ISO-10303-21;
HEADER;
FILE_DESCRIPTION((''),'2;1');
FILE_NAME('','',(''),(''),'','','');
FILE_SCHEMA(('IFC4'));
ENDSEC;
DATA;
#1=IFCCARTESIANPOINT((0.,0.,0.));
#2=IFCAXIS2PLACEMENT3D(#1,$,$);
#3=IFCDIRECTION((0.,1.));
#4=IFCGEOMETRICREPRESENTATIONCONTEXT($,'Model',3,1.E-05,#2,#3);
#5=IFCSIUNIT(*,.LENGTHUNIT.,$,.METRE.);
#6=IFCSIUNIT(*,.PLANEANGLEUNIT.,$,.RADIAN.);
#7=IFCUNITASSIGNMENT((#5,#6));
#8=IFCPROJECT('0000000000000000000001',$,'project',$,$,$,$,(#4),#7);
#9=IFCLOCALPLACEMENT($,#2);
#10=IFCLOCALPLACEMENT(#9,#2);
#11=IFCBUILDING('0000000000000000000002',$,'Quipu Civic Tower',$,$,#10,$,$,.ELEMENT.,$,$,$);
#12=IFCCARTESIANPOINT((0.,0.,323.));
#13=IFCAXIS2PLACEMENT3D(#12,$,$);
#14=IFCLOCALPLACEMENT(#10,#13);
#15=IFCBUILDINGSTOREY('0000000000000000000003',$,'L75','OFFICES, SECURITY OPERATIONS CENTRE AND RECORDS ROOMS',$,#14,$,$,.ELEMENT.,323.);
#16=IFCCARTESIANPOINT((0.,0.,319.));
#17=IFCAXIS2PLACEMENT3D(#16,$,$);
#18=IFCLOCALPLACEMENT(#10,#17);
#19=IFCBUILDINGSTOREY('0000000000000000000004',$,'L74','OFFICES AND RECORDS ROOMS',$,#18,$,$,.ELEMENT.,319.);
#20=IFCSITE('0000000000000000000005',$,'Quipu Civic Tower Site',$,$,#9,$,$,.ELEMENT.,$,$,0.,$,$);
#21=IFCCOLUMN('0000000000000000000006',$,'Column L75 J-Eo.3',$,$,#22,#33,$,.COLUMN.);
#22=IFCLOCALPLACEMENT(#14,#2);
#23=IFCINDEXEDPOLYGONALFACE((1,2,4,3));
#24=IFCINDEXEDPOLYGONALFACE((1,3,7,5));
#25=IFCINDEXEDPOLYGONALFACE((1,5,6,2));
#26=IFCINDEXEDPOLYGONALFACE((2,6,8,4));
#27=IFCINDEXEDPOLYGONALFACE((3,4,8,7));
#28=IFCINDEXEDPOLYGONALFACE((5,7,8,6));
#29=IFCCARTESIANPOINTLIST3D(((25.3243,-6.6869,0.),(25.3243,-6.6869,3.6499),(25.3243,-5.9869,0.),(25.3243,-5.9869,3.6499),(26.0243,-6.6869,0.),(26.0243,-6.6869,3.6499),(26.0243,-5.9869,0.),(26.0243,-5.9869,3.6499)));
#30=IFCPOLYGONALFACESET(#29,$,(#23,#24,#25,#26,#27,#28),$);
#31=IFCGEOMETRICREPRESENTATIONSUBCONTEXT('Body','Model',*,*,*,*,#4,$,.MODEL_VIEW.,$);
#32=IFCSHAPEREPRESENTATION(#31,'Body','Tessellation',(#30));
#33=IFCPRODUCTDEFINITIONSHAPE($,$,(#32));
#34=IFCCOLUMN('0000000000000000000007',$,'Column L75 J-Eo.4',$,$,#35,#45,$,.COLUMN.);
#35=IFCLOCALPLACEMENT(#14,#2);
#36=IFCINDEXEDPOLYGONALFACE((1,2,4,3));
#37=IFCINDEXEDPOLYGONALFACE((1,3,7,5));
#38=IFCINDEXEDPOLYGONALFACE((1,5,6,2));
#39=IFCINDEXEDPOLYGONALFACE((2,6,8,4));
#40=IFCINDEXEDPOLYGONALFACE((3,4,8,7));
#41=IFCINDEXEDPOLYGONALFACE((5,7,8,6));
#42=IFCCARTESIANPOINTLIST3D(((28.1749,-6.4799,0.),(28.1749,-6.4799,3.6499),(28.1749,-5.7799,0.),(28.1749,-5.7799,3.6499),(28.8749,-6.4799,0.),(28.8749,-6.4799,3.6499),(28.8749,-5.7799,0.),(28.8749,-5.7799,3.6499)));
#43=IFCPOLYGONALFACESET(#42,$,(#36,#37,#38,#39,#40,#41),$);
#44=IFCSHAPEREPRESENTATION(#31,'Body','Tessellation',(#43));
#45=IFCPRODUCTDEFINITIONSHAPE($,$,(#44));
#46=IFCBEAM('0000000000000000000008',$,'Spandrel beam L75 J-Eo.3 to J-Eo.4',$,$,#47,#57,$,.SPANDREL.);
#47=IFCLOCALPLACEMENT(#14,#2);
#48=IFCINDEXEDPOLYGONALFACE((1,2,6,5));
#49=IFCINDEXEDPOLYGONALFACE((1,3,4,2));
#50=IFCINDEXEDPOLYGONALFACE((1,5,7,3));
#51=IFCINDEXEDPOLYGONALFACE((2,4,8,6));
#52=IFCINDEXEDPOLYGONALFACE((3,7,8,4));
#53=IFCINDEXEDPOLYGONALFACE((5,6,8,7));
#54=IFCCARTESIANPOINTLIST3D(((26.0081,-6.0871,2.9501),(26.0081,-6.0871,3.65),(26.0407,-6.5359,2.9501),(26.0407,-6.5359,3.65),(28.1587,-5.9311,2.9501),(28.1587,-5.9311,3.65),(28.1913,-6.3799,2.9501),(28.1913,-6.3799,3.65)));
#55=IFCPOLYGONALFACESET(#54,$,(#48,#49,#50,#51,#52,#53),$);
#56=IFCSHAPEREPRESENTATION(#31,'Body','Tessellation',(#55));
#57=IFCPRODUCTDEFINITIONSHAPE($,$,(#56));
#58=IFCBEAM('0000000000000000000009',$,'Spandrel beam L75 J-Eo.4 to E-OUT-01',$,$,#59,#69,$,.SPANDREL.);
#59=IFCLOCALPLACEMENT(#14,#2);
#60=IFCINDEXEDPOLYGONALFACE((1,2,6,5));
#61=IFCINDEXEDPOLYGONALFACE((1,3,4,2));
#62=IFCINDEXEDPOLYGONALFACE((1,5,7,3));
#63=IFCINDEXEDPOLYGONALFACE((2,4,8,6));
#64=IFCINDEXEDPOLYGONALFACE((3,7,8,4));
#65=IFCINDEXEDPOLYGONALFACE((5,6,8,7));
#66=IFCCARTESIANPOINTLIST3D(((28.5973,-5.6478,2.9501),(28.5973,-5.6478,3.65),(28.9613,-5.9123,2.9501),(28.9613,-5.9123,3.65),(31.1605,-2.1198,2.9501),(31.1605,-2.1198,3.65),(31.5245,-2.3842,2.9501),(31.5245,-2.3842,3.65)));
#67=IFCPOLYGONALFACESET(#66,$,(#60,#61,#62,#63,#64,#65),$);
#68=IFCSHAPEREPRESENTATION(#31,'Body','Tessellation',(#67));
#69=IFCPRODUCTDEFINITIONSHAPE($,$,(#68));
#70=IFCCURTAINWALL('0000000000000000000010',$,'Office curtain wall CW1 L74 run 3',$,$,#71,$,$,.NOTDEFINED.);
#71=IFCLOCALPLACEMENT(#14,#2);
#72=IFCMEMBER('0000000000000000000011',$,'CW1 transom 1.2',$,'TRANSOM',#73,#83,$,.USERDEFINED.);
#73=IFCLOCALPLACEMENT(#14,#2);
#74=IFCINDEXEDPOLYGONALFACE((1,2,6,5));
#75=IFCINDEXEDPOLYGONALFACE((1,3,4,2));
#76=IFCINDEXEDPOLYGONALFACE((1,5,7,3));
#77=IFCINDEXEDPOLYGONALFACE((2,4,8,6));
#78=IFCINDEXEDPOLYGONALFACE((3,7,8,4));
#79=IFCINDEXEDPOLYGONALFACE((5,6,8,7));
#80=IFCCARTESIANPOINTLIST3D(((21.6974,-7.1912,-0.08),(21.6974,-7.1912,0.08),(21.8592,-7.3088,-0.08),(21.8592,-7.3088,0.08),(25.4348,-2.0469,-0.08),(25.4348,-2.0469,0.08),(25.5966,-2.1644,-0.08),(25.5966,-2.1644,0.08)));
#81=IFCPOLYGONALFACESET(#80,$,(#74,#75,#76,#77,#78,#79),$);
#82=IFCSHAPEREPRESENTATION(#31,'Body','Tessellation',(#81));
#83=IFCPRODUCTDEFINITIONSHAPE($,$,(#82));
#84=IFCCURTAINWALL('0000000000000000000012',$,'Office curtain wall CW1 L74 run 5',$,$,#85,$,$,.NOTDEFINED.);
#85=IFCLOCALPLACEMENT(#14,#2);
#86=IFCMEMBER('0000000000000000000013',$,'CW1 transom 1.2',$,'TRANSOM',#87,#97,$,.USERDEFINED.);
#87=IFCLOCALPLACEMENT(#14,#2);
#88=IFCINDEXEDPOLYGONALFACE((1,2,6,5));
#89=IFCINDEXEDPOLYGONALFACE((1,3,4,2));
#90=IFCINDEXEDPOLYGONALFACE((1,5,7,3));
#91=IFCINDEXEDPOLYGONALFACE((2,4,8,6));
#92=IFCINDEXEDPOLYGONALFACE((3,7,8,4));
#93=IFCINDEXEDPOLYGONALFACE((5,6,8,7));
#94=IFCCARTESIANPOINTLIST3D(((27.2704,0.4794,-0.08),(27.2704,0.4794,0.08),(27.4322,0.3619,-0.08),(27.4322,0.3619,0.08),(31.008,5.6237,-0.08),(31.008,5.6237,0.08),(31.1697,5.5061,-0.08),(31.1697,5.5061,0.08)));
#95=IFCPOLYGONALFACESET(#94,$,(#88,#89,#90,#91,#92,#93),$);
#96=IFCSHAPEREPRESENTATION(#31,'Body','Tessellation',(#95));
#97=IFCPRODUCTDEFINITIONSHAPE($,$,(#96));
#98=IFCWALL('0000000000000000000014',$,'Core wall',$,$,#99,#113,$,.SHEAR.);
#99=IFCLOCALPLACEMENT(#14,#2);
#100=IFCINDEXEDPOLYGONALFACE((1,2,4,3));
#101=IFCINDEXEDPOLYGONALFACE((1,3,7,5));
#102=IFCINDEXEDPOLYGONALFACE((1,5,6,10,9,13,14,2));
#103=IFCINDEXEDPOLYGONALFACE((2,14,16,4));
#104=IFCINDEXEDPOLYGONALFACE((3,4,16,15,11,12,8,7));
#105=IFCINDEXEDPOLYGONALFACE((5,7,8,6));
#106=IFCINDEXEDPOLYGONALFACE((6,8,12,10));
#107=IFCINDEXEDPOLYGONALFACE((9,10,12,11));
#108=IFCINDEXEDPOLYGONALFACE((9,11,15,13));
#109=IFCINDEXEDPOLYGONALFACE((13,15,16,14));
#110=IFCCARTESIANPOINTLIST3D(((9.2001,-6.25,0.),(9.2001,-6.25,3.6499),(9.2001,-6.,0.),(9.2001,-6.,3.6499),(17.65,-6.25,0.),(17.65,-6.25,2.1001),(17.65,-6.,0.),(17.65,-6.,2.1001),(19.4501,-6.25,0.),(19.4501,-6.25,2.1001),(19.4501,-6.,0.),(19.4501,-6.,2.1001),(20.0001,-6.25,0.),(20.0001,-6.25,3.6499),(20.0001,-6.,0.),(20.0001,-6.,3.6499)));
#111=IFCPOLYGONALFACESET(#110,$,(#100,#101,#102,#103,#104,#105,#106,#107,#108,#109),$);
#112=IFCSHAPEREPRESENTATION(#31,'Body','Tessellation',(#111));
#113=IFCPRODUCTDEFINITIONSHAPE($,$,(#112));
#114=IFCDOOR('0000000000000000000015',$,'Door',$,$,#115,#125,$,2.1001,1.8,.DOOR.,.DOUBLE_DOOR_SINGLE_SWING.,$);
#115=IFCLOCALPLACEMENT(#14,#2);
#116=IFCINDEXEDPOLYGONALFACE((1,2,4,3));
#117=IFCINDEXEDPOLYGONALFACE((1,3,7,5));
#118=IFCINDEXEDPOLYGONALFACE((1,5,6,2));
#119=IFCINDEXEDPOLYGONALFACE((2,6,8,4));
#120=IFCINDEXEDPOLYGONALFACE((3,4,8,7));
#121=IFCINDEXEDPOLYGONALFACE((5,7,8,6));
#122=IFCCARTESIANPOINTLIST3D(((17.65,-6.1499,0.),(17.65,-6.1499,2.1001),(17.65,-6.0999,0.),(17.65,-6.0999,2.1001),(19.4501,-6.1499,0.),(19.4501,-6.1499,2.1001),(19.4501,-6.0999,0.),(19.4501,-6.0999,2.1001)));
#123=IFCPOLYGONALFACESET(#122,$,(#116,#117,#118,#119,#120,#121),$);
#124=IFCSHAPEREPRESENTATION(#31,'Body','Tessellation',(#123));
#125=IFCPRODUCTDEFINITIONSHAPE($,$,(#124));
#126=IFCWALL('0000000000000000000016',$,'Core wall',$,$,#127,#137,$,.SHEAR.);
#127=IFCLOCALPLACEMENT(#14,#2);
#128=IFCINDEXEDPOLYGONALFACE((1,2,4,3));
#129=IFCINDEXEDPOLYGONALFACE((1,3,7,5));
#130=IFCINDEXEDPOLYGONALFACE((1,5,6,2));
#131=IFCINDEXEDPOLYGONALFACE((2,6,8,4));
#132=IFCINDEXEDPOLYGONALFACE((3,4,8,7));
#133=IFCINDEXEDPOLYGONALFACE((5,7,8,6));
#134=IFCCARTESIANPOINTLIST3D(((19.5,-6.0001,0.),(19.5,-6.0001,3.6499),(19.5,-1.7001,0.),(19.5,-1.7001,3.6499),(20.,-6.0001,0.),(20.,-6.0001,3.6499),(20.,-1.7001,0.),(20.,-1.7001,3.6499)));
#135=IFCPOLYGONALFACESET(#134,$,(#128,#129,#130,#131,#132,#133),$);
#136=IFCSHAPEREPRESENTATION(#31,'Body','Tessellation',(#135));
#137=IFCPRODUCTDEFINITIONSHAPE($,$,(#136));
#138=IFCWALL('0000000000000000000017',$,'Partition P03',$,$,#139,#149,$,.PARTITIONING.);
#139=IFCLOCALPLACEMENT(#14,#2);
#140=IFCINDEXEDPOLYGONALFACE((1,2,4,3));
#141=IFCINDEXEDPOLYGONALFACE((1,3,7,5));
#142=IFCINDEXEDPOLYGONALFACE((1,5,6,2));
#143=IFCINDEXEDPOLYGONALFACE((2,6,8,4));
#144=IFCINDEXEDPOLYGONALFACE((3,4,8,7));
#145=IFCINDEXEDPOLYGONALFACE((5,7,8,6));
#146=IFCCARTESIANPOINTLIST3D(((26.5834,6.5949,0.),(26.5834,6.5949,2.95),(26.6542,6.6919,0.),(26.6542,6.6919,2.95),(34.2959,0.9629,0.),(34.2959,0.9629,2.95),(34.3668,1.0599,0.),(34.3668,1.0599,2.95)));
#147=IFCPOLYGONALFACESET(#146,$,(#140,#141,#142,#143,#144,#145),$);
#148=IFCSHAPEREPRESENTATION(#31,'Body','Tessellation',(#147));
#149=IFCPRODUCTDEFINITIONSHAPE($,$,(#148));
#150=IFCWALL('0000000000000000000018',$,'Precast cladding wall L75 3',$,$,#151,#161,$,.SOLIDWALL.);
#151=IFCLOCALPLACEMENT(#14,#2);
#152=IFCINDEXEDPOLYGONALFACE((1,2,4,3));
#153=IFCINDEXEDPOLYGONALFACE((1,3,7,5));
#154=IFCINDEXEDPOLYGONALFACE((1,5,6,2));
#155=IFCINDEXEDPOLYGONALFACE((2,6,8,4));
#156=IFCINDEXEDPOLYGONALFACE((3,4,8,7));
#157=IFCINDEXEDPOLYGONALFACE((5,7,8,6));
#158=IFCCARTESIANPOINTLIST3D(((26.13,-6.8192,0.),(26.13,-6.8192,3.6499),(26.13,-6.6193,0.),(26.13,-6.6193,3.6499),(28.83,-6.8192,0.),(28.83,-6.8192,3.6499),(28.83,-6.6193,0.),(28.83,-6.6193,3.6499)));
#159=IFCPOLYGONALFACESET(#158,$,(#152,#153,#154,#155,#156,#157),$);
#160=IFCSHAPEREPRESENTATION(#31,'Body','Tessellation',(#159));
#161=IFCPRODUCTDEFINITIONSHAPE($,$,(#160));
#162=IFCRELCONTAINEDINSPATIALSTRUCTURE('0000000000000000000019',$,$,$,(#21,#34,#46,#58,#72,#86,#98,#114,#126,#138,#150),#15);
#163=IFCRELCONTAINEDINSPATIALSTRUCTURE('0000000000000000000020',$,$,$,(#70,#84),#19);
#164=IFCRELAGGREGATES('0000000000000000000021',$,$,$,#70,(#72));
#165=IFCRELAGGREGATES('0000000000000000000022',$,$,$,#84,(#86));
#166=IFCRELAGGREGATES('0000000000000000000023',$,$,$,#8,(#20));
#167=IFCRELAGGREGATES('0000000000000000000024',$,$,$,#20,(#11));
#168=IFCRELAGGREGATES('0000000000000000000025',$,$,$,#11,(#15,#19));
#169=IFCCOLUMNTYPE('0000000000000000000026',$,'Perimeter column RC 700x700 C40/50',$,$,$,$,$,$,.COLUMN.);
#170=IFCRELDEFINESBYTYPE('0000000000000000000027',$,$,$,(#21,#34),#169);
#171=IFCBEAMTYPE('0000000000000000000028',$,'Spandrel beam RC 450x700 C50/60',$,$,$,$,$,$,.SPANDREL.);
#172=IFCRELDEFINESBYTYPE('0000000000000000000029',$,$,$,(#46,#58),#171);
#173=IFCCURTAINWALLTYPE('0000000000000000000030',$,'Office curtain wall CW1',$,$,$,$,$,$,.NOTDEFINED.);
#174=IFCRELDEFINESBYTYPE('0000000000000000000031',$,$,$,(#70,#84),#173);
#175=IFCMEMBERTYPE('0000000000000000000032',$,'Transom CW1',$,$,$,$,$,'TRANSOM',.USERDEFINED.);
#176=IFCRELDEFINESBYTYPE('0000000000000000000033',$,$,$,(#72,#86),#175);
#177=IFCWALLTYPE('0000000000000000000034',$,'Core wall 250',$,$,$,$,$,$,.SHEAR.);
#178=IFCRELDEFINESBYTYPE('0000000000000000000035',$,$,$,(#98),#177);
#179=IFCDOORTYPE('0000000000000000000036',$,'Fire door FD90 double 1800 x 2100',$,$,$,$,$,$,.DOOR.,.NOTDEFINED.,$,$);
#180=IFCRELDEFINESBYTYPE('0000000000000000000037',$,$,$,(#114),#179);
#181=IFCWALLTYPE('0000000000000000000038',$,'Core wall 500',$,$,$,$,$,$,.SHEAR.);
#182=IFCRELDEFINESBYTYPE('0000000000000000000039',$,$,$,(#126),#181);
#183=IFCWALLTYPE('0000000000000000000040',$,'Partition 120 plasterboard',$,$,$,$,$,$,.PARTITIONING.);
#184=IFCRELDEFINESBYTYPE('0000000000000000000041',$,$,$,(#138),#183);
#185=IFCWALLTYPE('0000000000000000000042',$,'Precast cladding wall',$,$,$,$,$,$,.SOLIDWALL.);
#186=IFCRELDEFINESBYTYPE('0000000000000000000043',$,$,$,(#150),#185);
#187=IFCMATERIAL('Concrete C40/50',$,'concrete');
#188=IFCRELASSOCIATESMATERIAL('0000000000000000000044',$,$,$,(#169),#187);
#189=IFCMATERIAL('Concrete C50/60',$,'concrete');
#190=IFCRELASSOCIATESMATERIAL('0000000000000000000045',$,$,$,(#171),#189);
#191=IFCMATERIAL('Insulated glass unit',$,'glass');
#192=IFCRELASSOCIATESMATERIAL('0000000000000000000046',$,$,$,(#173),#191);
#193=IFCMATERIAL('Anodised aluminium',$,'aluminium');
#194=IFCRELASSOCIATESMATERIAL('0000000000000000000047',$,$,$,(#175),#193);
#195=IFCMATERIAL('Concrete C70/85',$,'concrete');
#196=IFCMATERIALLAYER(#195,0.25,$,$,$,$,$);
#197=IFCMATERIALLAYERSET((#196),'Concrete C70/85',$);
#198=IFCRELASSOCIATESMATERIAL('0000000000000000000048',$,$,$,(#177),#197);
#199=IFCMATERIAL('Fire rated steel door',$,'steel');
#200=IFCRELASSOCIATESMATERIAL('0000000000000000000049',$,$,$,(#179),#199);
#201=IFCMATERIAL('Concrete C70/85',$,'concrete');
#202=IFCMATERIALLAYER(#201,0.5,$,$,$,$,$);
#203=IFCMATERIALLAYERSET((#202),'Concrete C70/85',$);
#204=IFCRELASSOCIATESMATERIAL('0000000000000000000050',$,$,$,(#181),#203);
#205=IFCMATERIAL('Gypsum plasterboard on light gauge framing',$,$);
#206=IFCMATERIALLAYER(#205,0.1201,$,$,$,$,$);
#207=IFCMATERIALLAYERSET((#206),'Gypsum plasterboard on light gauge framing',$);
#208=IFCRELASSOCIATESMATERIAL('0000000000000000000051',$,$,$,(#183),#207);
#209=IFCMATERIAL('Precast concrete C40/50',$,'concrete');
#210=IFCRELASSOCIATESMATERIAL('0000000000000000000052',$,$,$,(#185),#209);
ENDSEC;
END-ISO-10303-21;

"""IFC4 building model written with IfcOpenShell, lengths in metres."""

from ifc_helpers import new_model, si_unit, direction, frame, frame_2d, origin, origin_2d, place, context, subcontext, project, spatial, rectangle, extrude, material, layer, layer_set, material_profile, profile_set, type_object, element, fill, aggregate, save


model = new_model("IFC4")

# Units and contexts
model_context = context("Model", 3, precision=1e-05, world=origin(), true_north=direction((0.0, 1.0)))
body_context = subcontext(model_context, "Body", "Model", "MODEL_VIEW")
ifc_project = project(units=[si_unit("LENGTHUNIT", "METRE"), si_unit("PLANEANGLEUNIT", "RADIAN")], contexts=[model_context])

# Site, building, storey
site_placement = place(None, origin())
site = spatial("IfcSite", under=ifc_project, at=site_placement, Name="Quipu Civic Tower Site", CompositionType="ELEMENT", RefElevation=0.0)
building_placement = place(site_placement, origin())
building = spatial("IfcBuilding", under=site, at=building_placement, Name="Quipu Civic Tower", CompositionType="ELEMENT")
storey_1_placement = place(building_placement, frame((0.0, 0.0, 323.0)))
storey_1 = spatial("IfcBuildingStorey", under=building, at=storey_1_placement, Name="L75", Description="OFFICES, SECURITY OPERATIONS CENTRE AND RECORDS ROOMS", CompositionType="ELEMENT", Elevation=323.0)

# Columns
ifc_material_1 = material(Name="Concrete C40/50", Category="concrete")
ifc_material_profile_1 = material_profile(ifc_material_1, rectangle(XDim=0.7, YDim=0.7, at=origin_2d()), Name="RC700x700")
ifc_profile_set_1 = profile_set([ifc_material_profile_1], Name="Concrete C40/50")
column_type = type_object("IfcColumnType", Name="Perimeter column RC 700x700 C40/50", PredefinedType="COLUMN", material=ifc_profile_set_1)
for number, where, z_axis, x_axis, name in (
    (1, (25.6743, -6.3369, 0.0), (0.0, 0.0, 1.0), (1.0, 0.0, 0.0), "Column L75 J-Eo.3"),
    (2, (28.5249, -6.1299, 0.0), (0.0, 0.0, 1.0), (1.0, 0.0, 0.0), "Column L75 J-Eo.4"),
):
    element("IfcColumn", number, at=place(storey_1_placement, frame(where, z_axis=z_axis, x_axis=x_axis)), inside=storey_1, type_object=column_type, Name=name, PredefinedType="COLUMN", context=body_context, shape_type="SweptSolid", body=[
        extrude(rectangle(XDim=0.7, YDim=0.7, at=origin_2d()), origin(), (0.0, 0.0, 1.0), 3.6499),
    ])

# Beams
ifc_material_2 = material(Name="Concrete C50/60", Category="concrete")
ifc_material_profile_2 = material_profile(ifc_material_2, rectangle(XDim=0.45, YDim=0.7, at=origin_2d()), Name="RC450x700")
ifc_profile_set_2 = profile_set([ifc_material_profile_2], Name="Concrete C50/60")
beam_type = type_object("IfcBeamType", Name="Spandrel beam RC 450x700 C50/60", PredefinedType="SPANDREL", material=ifc_profile_set_2)
beam_1_placement = place(storey_1_placement, frame((26.0244, -6.3115, 3.3), z_axis=(0.997379, 0.072349, 0.0), x_axis=(-0.072349, 0.997379, 0.0)))
element("IfcBeam", 3, at=beam_1_placement, inside=storey_1, type_object=beam_type, Name="Spandrel beam L75 J-Eo.3 to J-Eo.4", PredefinedType="SPANDREL", context=body_context, shape_type="SweptSolid", body=[
    extrude(rectangle(XDim=0.45, YDim=0.7, at=origin_2d()), origin(), (0.0, 0.0, 1.0), 2.1562),
])
beam_2_placement = place(storey_1_placement, frame((28.7793, -5.78, 3.3), z_axis=(0.587776, 0.809024, 0.0), x_axis=(-0.809024, 0.587776, 0.0)))
element("IfcBeam", 4, at=beam_2_placement, inside=storey_1, type_object=beam_type, Name="Spandrel beam L75 J-Eo.4 to E-OUT-01", PredefinedType="SPANDREL", context=body_context, shape_type="SweptSolid", body=[
    extrude(rectangle(XDim=0.45, YDim=0.7, at=origin_2d()), origin(), (0.0, 0.0, 1.0), 4.3608),
])

# Shared definitions
storey_2_placement = place(building_placement, frame((0.0, 0.0, 319.0)))
storey_2 = spatial("IfcBuildingStorey", under=building, at=storey_2_placement, Name="L74", Description="OFFICES AND RECORDS ROOMS", CompositionType="ELEMENT", Elevation=319.0)

# Curtain walls, members
ifc_material_3 = material(Name="Insulated glass unit", Category="glass")
curtain_wall_type = type_object("IfcCurtainWallType", Name="Office curtain wall CW1", PredefinedType="NOTDEFINED", material=ifc_material_3)
curtain_wall_1_placement = place(storey_2_placement, origin())
curtain_wall_1 = element("IfcCurtainWall", 5, at=curtain_wall_1_placement, inside=storey_2, type_object=curtain_wall_type, Name="Office curtain wall CW1 L74 run 3", PredefinedType="NOTDEFINED")
ifc_material_4 = material(Name="Anodised aluminium", Category="aluminium")
ifc_material_profile_3 = material_profile(ifc_material_4, rectangle(XDim=0.2, YDim=0.1599, at=origin_2d()), Name="RECT 200x160")
ifc_profile_set_3 = profile_set([ifc_material_profile_3], Name="Anodised aluminium")
member_type = type_object("IfcMemberType", Name="Transom CW1", ElementType="TRANSOM", PredefinedType="USERDEFINED", material=ifc_profile_set_3)
member_1_placement = place(storey_1_placement, frame((21.7783, -7.25, 0.0), z_axis=(0.587761, 0.809035, 0.0), x_axis=(-0.809035, 0.587761, 0.0)))
member_1 = element("IfcMember", 6, at=member_1_placement, inside=storey_1, type_object=member_type, Name="CW1 transom 1.2", ObjectType="TRANSOM", PredefinedType="USERDEFINED", context=body_context, shape_type="SweptSolid", body=[
    extrude(rectangle(XDim=0.2, YDim=0.1599, at=origin_2d()), origin(), (0.0, 0.0, 1.0), 6.3586),
])
aggregate(curtain_wall_1, [member_1])
curtain_wall_2_placement = place(storey_2_placement, origin())
curtain_wall_2 = element("IfcCurtainWall", 7, at=curtain_wall_2_placement, inside=storey_2, type_object=curtain_wall_type, Name="Office curtain wall CW1 L74 run 5", PredefinedType="NOTDEFINED")
member_2_placement = place(storey_1_placement, frame((27.3513, 0.4207, 0.0), z_axis=(0.587786, 0.809017, 0.0), x_axis=(-0.809017, 0.587786, 0.0)))
member_2 = element("IfcMember", 8, at=member_2_placement, inside=storey_1, type_object=member_type, Name="CW1 transom 1.2", ObjectType="TRANSOM", PredefinedType="USERDEFINED", context=body_context, shape_type="SweptSolid", body=[
    extrude(rectangle(XDim=0.2, YDim=0.1599, at=origin_2d()), origin(), (0.0, 0.0, 1.0), 6.3586),
])
aggregate(curtain_wall_2, [member_2])

# Wall, opening, door
ifc_material_5 = material(Name="Concrete C70/85", Category="concrete")
ifc_layer_1 = layer(ifc_material_5, 0.25)
ifc_layer_set_1 = layer_set([ifc_layer_1], Name="Concrete C70/85")
wall_type_1 = type_object("IfcWallType", Name="Core wall 250", PredefinedType="SHEAR", material=ifc_layer_set_1)
wall_1_placement = place(storey_1_placement, frame((20.0, -6.125, 0.0), z_axis=(0.0, 0.0, 1.0), x_axis=(-1.0, 0.0, 0.0)))
wall_1 = element("IfcWall", 9, at=wall_1_placement, inside=storey_1, type_object=wall_type_1, Name="Core wall", PredefinedType="SHEAR", context=body_context, shape_type="SweptSolid", body=[
    extrude(rectangle(XDim=10.8, YDim=0.25, at=frame_2d((5.3999, 0.0))), origin(), (0.0, 0.0, 1.0), 3.6499),
])
opening_1_placement = place(wall_1_placement, frame((0.55, 0.0, 0.0)))
opening_1 = element("IfcOpeningElement", 10, at=opening_1_placement, cuts=wall_1, PredefinedType="OPENING", context=body_context, shape_type="SweptSolid", body=[
    extrude(rectangle(XDim=1.8, YDim=2.1001, at=frame_2d((0.8999, 1.05))), frame((0.0, 0.135, 0.0), z_axis=(0.0, -1.0, 0.0), x_axis=(1.0, 0.0, 0.0)), (0.0, 0.0, 1.0), 0.27),
])
ifc_material_6 = material(Name="Fire rated steel door", Category="steel")
door_type_1 = type_object("IfcDoorType", Name="Fire door FD90 double 1800 x 2100", OperationType="NOTDEFINED", PredefinedType="DOOR", material=ifc_material_6)
door_1_placement = place(opening_1_placement, origin())
door_1 = element("IfcDoor", 11, at=door_1_placement, inside=storey_1, type_object=door_type_1, Name="Door", OperationType="DOUBLE_DOOR_SINGLE_SWING", OverallHeight=2.1001, OverallWidth=1.8, PredefinedType="DOOR", context=body_context, shape_type="SweptSolid", body=[
    extrude(rectangle(XDim=1.8, YDim=2.1001, at=frame_2d((0.8999, 1.05))), frame((0.0, 0.0249, 0.0), z_axis=(0.0, -1.0, 0.0), x_axis=(1.0, 0.0, 0.0)), (0.0, 0.0, 1.0), 0.05),
])
fill(opening_1, door_1)

# Wall
ifc_material_7 = material(Name="Concrete C70/85", Category="concrete")
ifc_layer_2 = layer(ifc_material_7, 0.5)
ifc_layer_set_2 = layer_set([ifc_layer_2], Name="Concrete C70/85")
wall_type_2 = type_object("IfcWallType", Name="Core wall 500", PredefinedType="SHEAR", material=ifc_layer_set_2)
wall_2_placement = place(storey_1_placement, frame((19.75, -6.0, 0.0), z_axis=(0.0, 0.0, 1.0), x_axis=(0.0, 1.0, 0.0)))
element("IfcWall", 12, at=wall_2_placement, inside=storey_1, type_object=wall_type_2, Name="Core wall", PredefinedType="SHEAR", context=body_context, shape_type="SweptSolid", body=[
    extrude(rectangle(XDim=4.3, YDim=0.5, at=frame_2d((2.1499, 0.0))), origin(), (0.0, 0.0, 1.0), 3.6499),
])

# Walls
ifc_material_8 = material(Name="Gypsum plasterboard on light gauge framing")
ifc_layer_3 = layer(ifc_material_8, 0.1201)
ifc_layer_set_3 = layer_set([ifc_layer_3], Name="Gypsum plasterboard on light gauge framing")
wall_type_3 = type_object("IfcWallType", Name="Partition 120 plasterboard", PredefinedType="PARTITIONING", material=ifc_layer_set_3)
wall_3_placement = place(storey_1_placement, frame((26.6189, 6.6433, 0.0), z_axis=(0.0, 0.0, 1.0), x_axis=(0.807595, -0.589738, 0.0)))
element("IfcWall", 13, at=wall_3_placement, inside=storey_1, type_object=wall_type_3, Name="Partition P03", PredefinedType="PARTITIONING", context=body_context, shape_type="SweptSolid", body=[
    extrude(rectangle(XDim=9.55, YDim=0.1201, at=frame_2d((4.7749, 0.0))), origin(), (0.0, 0.0, 1.0), 2.95),
])
ifc_material_9 = material(Name="Precast concrete C40/50", Category="concrete")
wall_type_4 = type_object("IfcWallType", Name="Precast cladding wall", PredefinedType="SOLIDWALL", material=ifc_material_9)
wall_4_placement = place(storey_1_placement, frame((26.1299, -6.7192, 0.0), z_axis=(0.0, 0.0, 1.0), x_axis=(1.0, 0.0, 0.0)))
element("IfcWall", 14, at=wall_4_placement, inside=storey_1, type_object=wall_type_4, Name="Precast cladding wall L75 3", PredefinedType="SOLIDWALL", context=body_context, shape_type="SweptSolid", body=[
    extrude(rectangle(XDim=2.7, YDim=0.2, at=frame_2d((1.3501, 0.0))), origin(), (0.0, 0.0, 1.0), 3.6499),
])

save(model, "model.ifc")
